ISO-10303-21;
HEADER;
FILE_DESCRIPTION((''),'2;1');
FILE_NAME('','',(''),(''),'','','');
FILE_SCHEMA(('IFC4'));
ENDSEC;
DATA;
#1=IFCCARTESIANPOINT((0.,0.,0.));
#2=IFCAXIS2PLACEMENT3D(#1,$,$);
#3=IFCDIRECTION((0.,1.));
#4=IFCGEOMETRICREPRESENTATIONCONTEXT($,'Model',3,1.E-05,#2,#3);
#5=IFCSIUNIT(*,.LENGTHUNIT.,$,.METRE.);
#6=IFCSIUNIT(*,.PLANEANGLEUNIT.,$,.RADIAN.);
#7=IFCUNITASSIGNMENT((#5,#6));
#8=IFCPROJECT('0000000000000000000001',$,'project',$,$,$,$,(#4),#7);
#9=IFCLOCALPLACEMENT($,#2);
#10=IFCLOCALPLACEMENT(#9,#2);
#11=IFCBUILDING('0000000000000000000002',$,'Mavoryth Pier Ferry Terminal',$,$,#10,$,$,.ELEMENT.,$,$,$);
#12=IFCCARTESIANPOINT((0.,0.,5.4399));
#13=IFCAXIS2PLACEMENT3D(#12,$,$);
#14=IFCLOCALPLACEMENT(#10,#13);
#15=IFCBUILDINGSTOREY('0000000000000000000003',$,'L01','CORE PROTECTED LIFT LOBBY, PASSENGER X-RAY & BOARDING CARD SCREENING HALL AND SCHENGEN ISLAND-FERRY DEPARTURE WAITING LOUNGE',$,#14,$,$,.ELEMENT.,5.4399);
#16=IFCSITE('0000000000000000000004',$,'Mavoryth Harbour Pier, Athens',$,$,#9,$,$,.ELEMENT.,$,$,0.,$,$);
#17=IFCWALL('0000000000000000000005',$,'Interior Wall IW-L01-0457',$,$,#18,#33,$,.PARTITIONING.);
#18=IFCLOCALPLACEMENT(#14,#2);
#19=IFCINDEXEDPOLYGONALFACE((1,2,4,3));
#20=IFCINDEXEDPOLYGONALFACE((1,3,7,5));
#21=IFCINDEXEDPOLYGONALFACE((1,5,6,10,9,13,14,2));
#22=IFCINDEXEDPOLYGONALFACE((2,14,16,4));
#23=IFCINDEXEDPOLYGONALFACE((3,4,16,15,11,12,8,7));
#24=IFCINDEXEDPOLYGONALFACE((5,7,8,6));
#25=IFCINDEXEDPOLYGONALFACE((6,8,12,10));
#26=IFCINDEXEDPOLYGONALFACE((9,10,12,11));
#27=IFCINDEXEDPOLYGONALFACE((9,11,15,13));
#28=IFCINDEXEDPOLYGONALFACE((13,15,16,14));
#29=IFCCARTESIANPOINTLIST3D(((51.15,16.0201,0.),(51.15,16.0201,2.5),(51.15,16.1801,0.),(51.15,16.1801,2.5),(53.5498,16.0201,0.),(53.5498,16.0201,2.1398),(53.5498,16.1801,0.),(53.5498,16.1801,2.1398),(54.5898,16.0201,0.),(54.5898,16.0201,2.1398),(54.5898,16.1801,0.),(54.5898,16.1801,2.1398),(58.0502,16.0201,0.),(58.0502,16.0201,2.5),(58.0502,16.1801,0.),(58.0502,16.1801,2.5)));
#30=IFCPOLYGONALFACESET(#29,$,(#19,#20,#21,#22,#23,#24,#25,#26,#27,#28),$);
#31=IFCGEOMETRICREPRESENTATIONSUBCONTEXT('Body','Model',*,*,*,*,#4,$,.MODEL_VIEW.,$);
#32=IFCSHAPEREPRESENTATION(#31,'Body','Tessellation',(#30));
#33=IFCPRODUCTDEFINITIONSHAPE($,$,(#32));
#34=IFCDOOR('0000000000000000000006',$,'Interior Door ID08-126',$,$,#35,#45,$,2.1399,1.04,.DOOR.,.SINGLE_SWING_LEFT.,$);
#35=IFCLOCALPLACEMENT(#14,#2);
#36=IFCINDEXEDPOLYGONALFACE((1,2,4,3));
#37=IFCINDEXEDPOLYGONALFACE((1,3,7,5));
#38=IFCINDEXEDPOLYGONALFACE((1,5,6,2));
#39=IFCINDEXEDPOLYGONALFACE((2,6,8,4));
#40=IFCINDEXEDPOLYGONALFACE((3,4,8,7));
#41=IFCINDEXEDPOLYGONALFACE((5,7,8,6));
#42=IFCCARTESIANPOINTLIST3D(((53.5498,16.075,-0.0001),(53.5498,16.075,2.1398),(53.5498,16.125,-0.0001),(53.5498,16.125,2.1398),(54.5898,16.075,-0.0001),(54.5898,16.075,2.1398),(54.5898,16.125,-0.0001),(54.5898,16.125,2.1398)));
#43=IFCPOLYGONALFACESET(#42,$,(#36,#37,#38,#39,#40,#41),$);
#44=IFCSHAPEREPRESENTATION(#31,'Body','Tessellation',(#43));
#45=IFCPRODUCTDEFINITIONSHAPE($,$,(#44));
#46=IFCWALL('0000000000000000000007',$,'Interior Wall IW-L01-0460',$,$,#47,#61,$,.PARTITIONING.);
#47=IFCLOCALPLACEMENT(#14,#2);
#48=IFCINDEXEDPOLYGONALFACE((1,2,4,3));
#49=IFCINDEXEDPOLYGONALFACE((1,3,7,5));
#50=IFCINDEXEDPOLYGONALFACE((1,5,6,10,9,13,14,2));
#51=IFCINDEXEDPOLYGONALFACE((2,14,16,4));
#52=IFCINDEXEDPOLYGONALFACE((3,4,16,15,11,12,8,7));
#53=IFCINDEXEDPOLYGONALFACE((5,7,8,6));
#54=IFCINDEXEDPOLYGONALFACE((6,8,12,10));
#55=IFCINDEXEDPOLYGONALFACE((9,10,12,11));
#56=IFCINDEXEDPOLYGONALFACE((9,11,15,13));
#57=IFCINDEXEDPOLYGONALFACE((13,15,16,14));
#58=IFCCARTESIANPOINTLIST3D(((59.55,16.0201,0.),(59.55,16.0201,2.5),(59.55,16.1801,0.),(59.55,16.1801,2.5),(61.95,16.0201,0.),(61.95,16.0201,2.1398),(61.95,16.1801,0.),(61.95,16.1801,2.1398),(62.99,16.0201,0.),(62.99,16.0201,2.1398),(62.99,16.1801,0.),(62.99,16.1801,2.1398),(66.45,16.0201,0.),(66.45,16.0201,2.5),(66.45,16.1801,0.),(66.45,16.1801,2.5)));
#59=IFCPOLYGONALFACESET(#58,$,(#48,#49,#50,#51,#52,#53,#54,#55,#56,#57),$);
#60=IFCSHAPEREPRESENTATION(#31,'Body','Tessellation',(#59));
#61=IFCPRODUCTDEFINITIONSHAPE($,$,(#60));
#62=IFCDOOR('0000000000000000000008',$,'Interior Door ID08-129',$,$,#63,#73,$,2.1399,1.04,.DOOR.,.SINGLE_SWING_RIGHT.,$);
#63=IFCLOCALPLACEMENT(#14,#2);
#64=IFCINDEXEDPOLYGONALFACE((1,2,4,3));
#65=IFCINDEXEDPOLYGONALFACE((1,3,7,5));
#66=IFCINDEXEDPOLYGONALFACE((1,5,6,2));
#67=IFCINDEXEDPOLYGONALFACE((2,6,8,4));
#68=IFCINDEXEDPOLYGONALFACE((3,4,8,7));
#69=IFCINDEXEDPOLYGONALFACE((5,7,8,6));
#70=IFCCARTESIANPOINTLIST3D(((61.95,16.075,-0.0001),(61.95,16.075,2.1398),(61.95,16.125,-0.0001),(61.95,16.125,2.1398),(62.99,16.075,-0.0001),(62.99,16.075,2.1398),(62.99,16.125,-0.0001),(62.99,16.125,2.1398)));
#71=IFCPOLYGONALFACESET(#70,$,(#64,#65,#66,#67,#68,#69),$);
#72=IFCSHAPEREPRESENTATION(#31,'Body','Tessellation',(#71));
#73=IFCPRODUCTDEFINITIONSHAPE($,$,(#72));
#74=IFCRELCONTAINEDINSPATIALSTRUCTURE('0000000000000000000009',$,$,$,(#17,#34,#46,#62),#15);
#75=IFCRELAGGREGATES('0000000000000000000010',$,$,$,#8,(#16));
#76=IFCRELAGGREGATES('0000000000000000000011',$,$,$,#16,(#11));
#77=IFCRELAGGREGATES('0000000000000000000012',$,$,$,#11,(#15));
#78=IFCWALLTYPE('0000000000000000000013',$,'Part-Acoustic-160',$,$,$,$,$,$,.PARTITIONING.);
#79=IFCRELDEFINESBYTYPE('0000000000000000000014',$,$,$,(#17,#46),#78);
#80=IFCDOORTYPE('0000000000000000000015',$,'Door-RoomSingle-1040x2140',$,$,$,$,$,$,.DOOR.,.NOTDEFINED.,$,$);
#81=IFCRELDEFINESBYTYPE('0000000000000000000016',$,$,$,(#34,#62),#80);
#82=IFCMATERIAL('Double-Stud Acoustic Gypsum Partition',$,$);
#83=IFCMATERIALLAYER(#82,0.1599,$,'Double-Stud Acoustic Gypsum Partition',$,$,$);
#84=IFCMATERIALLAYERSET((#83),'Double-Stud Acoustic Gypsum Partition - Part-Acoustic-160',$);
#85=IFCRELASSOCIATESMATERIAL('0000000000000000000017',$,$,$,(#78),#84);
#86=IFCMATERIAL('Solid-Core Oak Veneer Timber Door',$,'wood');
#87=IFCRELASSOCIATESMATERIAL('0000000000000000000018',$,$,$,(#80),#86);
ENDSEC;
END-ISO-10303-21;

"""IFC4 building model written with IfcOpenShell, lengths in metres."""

from ifc_helpers import new_model, si_unit, direction, frame, frame_2d, origin, place, context, subcontext, project, spatial, rectangle, extrude, material, layer, layer_set, type_object, element, fill, save


model = new_model("IFC4")

# Units and contexts
model_context = context("Model", 3, precision=1e-05, world=origin(), true_north=direction((0.0, 1.0)))
body_context = subcontext(model_context, "Body", "Model", "MODEL_VIEW")
ifc_project = project(units=[si_unit("LENGTHUNIT", "METRE"), si_unit("PLANEANGLEUNIT", "RADIAN")], contexts=[model_context])

# Site, building, storey
site_placement = place(None, origin())
site = spatial("IfcSite", under=ifc_project, at=site_placement, Name="Mavoryth Harbour Pier, Athens", CompositionType="ELEMENT", RefElevation=0.0)
building_placement = place(site_placement, origin())
building = spatial("IfcBuilding", under=site, at=building_placement, Name="Mavoryth Pier Ferry Terminal", CompositionType="ELEMENT")
storey_placement = place(building_placement, frame((0.0, 0.0, 5.4399)))
storey = spatial("IfcBuildingStorey", under=building, at=storey_placement, Name="L01", Description="CORE PROTECTED LIFT LOBBY, PASSENGER X-RAY & BOARDING CARD SCREENING HALL AND SCHENGEN ISLAND-FERRY DEPARTURE WAITING LOUNGE", CompositionType="ELEMENT", Elevation=5.4399)

# Walls, openings, doors
ifc_material_1 = material(Name="Double-Stud Acoustic Gypsum Partition")
ifc_layer_1 = layer(ifc_material_1, 0.1599, Name="Double-Stud Acoustic Gypsum Partition")
ifc_layer_set_1 = layer_set([ifc_layer_1], Name="Double-Stud Acoustic Gypsum Partition - Part-Acoustic-160")
wall_type_1 = type_object("IfcWallType", Name="Part-Acoustic-160", PredefinedType="PARTITIONING", material=ifc_layer_set_1)
wall_1_placement = place(storey_placement, frame((51.1499, 16.1001, 0.0), z_axis=(0.0, 0.0, 1.0), x_axis=(1.0, 0.0, 0.0)))
wall_1 = element("IfcWall", 1, at=wall_1_placement, inside=storey, type_object=wall_type_1, Name="Interior Wall IW-L01-0457", PredefinedType="PARTITIONING", context=body_context, shape_type="SweptSolid", body=[
    extrude(rectangle(XDim=6.9001, YDim=0.1599, at=frame_2d((3.4502, 0.0))), origin(), (0.0, 0.0, 1.0), 2.5),
])
opening_1_placement = place(wall_1_placement, frame((2.3999, 0.0, 0.0)))
opening_1 = element("IfcOpeningElement", 2, at=opening_1_placement, cuts=wall_1, PredefinedType="OPENING", context=body_context, shape_type="SweptSolid", body=[
    extrude(rectangle(XDim=1.04, YDim=2.1399, at=frame_2d((0.52, 1.0698))), frame((0.0, 0.0898, 0.0), z_axis=(0.0, -1.0, 0.0), x_axis=(1.0, 0.0, 0.0)), (0.0, 0.0, 1.0), 0.1799),
])
ifc_material_2 = material(Name="Solid-Core Oak Veneer Timber Door", Category="wood")
door_type_1 = type_object("IfcDoorType", Name="Door-RoomSingle-1040x2140", OperationType="NOTDEFINED", PredefinedType="DOOR", material=ifc_material_2)
door_1_placement = place(opening_1_placement, origin())
door_1 = element("IfcDoor", 3, at=door_1_placement, inside=storey, type_object=door_type_1, Name="Interior Door ID08-126", OperationType="SINGLE_SWING_LEFT", OverallHeight=2.1399, OverallWidth=1.04, PredefinedType="DOOR", context=body_context, shape_type="SweptSolid", body=[
    extrude(rectangle(XDim=1.04, YDim=2.1399, at=frame_2d((0.52, 1.0698))), frame((0.0, 0.0249, 0.0), z_axis=(0.0, -1.0, 0.0), x_axis=(1.0, 0.0, 0.0)), (0.0, 0.0, 1.0), 0.05),
])
fill(opening_1, door_1)
wall_2_placement = place(storey_placement, frame((59.55, 16.1001, 0.0), z_axis=(0.0, 0.0, 1.0), x_axis=(1.0, 0.0, 0.0)))
wall_2 = element("IfcWall", 4, at=wall_2_placement, inside=storey, type_object=wall_type_1, Name="Interior Wall IW-L01-0460", PredefinedType="PARTITIONING", context=body_context, shape_type="SweptSolid", body=[
    extrude(rectangle(XDim=6.8999, YDim=0.1599, at=frame_2d((3.45, 0.0))), origin(), (0.0, 0.0, 1.0), 2.5),
])
opening_2_placement = place(wall_2_placement, frame((2.3999, 0.0, 0.0)))
opening_2 = element("IfcOpeningElement", 5, at=opening_2_placement, cuts=wall_2, PredefinedType="OPENING", context=body_context, shape_type="SweptSolid", body=[
    extrude(rectangle(XDim=1.04, YDim=2.1399, at=frame_2d((0.52, 1.0698))), frame((0.0, 0.0898, 0.0), z_axis=(0.0, -1.0, 0.0), x_axis=(1.0, 0.0, 0.0)), (0.0, 0.0, 1.0), 0.1799),
])
door_2_placement = place(opening_2_placement, origin())
door_2 = element("IfcDoor", 6, at=door_2_placement, inside=storey, type_object=door_type_1, Name="Interior Door ID08-129", OperationType="SINGLE_SWING_RIGHT", OverallHeight=2.1399, OverallWidth=1.04, PredefinedType="DOOR", context=body_context, shape_type="SweptSolid", body=[
    extrude(rectangle(XDim=1.04, YDim=2.1399, at=frame_2d((0.52, 1.0698))), frame((0.0, 0.0249, 0.0), z_axis=(0.0, -1.0, 0.0), x_axis=(1.0, 0.0, 0.0)), (0.0, 0.0, 1.0), 0.05),
])
fill(opening_2, door_2)

save(model, "model.ifc")
